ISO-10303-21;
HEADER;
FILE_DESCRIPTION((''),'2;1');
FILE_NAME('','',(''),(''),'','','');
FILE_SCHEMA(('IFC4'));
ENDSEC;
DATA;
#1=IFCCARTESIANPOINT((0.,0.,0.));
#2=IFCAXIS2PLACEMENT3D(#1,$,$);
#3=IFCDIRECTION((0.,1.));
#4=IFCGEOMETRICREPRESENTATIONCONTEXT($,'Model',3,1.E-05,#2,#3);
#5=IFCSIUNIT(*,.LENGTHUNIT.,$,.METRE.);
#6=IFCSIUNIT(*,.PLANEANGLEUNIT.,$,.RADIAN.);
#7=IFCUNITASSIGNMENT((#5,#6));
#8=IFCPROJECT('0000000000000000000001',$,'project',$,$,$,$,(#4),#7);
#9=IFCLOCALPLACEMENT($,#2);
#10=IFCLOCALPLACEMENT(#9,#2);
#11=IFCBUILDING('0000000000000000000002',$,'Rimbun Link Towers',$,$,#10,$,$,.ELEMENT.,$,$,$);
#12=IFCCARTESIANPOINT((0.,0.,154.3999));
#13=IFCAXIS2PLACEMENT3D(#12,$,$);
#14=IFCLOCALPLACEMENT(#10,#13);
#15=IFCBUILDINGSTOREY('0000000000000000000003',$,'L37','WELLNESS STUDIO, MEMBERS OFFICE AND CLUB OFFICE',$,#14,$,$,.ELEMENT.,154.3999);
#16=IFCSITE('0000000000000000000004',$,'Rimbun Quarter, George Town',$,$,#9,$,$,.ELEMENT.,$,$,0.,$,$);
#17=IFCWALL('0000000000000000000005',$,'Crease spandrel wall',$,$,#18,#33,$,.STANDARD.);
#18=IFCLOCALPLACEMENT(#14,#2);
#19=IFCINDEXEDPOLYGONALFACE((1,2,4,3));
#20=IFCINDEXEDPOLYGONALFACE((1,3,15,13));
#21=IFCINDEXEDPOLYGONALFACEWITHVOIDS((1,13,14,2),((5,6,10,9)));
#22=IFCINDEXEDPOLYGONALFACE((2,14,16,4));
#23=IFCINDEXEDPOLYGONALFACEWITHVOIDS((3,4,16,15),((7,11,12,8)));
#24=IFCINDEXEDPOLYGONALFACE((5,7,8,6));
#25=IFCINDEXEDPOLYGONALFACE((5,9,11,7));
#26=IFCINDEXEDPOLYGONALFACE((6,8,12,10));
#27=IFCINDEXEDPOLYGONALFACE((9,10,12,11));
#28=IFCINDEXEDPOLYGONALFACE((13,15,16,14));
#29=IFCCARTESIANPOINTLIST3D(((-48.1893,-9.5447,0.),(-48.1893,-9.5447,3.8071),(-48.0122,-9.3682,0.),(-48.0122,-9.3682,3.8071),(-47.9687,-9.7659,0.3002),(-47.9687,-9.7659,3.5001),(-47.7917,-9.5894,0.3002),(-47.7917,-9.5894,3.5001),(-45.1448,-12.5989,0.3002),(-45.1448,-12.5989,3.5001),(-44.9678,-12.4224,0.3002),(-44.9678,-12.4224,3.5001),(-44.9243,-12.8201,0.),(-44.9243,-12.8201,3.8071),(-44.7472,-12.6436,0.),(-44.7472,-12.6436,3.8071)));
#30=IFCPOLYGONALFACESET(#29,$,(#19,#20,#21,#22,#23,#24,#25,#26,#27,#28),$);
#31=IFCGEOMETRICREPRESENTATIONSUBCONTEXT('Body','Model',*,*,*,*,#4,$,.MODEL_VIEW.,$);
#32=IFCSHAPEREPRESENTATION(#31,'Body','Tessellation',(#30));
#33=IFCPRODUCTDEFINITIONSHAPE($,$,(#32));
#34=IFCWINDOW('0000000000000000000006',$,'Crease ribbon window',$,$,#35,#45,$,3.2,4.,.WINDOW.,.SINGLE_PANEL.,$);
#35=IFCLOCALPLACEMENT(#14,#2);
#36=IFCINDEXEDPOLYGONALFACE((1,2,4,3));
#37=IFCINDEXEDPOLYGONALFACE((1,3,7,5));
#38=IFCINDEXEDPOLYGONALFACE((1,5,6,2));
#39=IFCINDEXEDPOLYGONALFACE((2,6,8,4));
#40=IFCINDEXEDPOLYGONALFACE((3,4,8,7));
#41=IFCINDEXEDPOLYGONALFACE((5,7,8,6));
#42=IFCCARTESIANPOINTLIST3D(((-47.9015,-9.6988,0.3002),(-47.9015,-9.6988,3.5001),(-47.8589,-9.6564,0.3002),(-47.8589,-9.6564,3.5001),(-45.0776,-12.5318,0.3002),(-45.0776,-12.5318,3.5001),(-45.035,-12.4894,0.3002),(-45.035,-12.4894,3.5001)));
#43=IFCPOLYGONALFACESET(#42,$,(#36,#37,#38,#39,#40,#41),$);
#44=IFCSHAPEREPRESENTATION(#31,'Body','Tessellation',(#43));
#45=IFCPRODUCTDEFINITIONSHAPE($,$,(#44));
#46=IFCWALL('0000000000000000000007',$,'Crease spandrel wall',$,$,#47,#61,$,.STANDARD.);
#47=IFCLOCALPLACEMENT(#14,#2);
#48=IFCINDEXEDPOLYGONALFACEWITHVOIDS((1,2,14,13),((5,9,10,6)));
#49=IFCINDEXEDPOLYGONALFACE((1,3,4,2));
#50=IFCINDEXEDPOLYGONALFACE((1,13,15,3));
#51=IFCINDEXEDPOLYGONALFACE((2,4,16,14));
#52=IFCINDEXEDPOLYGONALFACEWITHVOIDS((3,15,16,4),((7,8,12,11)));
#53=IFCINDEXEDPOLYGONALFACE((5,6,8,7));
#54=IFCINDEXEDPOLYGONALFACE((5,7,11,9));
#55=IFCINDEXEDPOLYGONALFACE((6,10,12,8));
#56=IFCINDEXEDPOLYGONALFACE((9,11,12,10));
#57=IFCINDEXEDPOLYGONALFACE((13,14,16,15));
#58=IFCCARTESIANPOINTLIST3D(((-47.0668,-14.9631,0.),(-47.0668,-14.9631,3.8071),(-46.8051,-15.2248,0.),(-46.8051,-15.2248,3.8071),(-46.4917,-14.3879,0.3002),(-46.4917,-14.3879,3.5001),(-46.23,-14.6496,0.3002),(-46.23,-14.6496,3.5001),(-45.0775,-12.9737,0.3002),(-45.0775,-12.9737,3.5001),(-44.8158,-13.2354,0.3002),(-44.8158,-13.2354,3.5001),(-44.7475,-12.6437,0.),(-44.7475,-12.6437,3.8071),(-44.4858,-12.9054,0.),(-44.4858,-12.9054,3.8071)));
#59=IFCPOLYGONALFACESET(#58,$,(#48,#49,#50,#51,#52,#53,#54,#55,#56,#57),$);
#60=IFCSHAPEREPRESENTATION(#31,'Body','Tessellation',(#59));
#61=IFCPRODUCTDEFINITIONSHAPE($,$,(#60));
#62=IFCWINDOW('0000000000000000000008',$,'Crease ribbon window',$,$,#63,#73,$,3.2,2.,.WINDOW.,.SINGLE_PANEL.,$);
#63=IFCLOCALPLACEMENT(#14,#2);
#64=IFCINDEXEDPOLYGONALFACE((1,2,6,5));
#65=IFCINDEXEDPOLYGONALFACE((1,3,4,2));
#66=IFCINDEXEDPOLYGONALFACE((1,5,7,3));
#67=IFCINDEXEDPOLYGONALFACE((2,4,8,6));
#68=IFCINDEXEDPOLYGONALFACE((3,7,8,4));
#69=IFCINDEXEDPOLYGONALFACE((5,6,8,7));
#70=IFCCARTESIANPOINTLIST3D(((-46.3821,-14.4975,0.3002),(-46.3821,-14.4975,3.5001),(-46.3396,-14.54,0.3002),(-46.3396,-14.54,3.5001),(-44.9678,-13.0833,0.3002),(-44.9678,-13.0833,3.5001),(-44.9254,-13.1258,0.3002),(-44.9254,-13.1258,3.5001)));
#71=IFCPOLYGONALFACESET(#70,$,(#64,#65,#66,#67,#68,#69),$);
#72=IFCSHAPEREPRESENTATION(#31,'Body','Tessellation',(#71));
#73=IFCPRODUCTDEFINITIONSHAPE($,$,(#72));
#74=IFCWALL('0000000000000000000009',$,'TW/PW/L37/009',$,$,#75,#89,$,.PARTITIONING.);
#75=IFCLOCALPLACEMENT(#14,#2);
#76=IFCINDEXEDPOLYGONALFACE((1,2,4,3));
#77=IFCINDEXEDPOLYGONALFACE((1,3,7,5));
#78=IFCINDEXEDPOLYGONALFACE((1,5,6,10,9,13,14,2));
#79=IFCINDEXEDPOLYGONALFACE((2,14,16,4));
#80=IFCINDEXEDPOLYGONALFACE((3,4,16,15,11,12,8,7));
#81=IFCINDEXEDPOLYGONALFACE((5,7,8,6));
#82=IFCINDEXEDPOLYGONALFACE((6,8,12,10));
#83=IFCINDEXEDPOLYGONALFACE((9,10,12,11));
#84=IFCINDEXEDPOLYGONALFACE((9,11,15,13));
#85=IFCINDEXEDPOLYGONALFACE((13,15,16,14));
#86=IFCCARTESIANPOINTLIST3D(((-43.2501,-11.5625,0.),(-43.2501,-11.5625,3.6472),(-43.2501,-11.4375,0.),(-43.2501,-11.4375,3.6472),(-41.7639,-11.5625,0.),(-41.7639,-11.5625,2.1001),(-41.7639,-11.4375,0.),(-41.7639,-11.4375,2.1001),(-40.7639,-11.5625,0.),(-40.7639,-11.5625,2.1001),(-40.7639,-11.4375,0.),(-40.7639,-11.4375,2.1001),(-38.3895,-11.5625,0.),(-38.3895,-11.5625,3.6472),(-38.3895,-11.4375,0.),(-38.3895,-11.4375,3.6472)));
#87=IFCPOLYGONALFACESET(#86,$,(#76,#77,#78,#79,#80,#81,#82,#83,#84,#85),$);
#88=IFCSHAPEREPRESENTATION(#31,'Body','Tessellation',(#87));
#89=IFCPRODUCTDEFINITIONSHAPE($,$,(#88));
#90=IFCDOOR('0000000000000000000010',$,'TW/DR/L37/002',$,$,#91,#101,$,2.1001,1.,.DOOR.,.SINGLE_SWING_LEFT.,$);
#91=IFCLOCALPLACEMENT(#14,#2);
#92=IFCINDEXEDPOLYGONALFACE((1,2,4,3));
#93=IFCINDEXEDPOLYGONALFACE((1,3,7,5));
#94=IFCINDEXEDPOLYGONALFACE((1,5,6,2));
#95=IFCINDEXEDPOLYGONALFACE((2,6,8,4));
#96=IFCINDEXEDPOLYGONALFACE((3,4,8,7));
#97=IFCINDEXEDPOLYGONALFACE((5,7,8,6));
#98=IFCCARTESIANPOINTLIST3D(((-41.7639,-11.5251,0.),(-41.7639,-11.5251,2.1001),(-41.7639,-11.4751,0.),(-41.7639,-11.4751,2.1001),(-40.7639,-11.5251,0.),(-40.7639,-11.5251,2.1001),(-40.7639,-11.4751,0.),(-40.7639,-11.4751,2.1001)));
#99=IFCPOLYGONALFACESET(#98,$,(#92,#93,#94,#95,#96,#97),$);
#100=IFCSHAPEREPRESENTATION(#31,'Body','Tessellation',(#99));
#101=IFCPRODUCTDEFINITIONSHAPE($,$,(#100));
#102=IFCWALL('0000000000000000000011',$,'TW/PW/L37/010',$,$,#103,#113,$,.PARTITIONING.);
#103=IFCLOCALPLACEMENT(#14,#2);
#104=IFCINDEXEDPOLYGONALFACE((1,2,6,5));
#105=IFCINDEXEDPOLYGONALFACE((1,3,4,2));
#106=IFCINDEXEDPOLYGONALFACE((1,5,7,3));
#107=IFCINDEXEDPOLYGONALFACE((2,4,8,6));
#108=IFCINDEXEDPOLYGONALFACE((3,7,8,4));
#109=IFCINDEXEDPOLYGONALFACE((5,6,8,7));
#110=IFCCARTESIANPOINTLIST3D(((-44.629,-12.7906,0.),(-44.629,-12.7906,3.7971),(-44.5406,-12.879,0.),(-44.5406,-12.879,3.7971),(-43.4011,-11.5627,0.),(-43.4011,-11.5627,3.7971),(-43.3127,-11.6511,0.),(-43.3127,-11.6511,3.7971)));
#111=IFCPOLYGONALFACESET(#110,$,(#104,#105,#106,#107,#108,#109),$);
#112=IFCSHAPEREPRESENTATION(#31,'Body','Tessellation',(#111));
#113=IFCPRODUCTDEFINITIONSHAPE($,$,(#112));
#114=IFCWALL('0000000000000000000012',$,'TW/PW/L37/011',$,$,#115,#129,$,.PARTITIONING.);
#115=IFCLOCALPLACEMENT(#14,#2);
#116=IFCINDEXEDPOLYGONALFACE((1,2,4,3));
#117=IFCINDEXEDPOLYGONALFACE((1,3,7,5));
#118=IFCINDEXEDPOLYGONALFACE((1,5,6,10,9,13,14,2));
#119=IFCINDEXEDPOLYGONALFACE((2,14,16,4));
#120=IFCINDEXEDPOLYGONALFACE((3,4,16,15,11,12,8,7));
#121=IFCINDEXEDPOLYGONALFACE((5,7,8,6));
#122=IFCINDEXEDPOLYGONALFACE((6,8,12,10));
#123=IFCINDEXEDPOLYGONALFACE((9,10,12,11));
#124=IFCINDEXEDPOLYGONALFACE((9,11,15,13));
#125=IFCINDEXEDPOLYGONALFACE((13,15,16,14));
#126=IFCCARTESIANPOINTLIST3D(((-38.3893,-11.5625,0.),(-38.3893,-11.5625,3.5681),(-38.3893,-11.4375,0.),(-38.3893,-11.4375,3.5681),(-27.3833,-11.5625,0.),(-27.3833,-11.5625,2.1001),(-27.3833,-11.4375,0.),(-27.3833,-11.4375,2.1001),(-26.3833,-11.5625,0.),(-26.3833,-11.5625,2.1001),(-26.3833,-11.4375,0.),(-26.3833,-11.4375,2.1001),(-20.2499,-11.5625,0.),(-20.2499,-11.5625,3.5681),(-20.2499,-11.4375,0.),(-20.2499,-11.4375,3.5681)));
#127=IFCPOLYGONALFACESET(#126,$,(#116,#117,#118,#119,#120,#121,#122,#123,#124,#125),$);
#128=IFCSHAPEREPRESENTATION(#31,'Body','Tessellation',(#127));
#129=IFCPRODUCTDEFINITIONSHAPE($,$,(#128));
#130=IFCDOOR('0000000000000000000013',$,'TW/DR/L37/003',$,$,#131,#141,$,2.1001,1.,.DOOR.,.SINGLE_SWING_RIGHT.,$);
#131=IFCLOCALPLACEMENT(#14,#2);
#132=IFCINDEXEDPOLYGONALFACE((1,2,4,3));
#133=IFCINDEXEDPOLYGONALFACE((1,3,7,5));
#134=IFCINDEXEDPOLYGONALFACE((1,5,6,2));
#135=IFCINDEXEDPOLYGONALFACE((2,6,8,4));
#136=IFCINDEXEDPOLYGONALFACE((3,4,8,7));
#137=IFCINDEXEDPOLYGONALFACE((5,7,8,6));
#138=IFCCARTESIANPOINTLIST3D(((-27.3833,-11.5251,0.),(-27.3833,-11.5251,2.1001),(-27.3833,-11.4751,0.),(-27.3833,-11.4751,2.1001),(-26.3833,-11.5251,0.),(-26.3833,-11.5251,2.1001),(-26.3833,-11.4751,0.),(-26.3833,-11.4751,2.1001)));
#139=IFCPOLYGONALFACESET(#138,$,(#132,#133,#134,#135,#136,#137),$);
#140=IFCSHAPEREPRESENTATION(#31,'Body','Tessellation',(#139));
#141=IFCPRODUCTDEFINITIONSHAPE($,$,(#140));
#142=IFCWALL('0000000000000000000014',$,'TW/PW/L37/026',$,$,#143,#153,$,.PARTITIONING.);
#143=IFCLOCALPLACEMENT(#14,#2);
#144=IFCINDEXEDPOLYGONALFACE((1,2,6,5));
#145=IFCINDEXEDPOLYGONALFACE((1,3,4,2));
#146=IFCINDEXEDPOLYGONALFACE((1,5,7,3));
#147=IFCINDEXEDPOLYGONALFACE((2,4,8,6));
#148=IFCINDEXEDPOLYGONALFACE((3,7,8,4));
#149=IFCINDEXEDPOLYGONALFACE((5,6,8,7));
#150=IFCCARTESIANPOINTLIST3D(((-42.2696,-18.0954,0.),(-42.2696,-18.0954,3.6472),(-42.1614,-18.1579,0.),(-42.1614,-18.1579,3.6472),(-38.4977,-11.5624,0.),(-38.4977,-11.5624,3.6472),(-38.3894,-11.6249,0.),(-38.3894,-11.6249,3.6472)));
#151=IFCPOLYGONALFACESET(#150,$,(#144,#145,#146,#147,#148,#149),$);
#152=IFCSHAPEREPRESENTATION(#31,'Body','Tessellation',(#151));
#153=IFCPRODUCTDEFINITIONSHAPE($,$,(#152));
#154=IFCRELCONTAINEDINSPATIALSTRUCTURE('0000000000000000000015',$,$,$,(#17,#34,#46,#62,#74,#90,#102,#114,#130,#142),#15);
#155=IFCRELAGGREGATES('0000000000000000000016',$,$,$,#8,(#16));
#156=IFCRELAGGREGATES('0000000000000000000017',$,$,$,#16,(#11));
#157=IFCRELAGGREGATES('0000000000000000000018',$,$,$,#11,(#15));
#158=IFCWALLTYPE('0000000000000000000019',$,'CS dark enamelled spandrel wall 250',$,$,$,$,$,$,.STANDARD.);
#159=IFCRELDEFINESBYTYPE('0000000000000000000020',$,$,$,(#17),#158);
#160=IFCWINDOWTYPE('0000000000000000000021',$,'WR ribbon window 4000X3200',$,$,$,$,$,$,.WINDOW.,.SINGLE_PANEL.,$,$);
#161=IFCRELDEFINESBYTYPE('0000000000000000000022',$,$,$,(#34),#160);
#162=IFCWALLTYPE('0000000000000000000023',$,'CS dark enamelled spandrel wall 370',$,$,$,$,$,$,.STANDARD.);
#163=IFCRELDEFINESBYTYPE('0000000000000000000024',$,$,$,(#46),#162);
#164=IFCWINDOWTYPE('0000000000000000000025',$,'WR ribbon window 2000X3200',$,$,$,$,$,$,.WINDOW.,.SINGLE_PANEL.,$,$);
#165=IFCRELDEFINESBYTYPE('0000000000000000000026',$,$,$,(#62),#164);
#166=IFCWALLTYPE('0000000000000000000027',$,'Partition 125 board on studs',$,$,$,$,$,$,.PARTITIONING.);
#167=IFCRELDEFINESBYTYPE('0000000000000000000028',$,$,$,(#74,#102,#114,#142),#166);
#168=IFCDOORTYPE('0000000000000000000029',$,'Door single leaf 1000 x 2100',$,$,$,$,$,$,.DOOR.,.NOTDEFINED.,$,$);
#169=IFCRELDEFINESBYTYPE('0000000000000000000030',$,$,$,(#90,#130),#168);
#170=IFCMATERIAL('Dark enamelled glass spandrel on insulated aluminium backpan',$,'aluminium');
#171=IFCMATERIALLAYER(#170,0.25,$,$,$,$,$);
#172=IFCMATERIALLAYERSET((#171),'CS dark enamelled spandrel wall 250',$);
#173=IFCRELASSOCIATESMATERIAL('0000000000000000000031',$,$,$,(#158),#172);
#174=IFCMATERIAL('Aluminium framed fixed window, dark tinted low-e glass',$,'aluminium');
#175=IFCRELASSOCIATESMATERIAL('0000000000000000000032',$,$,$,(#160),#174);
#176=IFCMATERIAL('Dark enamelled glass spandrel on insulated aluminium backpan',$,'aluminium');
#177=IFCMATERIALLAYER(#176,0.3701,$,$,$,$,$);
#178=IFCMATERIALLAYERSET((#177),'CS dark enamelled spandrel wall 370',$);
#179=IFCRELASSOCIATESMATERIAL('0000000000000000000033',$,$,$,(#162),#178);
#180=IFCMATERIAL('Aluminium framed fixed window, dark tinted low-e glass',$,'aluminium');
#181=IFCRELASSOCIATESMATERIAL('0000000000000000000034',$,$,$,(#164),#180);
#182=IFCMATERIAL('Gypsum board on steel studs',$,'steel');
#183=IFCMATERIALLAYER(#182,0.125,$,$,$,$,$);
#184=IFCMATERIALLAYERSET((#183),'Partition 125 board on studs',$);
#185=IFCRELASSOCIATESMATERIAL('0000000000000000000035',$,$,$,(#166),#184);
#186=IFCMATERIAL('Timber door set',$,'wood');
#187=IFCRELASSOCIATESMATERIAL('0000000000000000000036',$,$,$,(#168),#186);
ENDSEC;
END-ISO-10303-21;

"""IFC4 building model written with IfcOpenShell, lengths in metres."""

from ifc_helpers import new_model, si_unit, direction, frame, frame_2d, origin, place, context, subcontext, project, spatial, rectangle, extrude, material, layer, layer_set, type_object, element, fill, save


model = new_model("IFC4")

# Units and contexts
model_context = context("Model", 3, precision=1e-05, world=origin(), true_north=direction((0.0, 1.0)))
body_context = subcontext(model_context, "Body", "Model", "MODEL_VIEW")
ifc_project = project(units=[si_unit("LENGTHUNIT", "METRE"), si_unit("PLANEANGLEUNIT", "RADIAN")], contexts=[model_context])

# Site, building, storey
site_placement = place(None, origin())
site = spatial("IfcSite", under=ifc_project, at=site_placement, Name="Rimbun Quarter, George Town", CompositionType="ELEMENT", RefElevation=0.0)
building_placement = place(site_placement, origin())
building = spatial("IfcBuilding", under=site, at=building_placement, Name="Rimbun Link Towers", CompositionType="ELEMENT")
storey_placement = place(building_placement, frame((0.0, 0.0, 154.3999)))
storey = spatial("IfcBuildingStorey", under=building, at=storey_placement, Name="L37", Description="WELLNESS STUDIO, MEMBERS OFFICE AND CLUB OFFICE", CompositionType="ELEMENT", Elevation=154.3999)

# Walls, openings, windows
ifc_material_1 = material(Name="Dark enamelled glass spandrel on insulated aluminium backpan", Category="aluminium")
ifc_layer_1 = layer(ifc_material_1, 0.25)
ifc_layer_set_1 = layer_set([ifc_layer_1], Name="CS dark enamelled spandrel wall 250")
wall_type_1 = type_object("IfcWallType", Name="CS dark enamelled spandrel wall 250", PredefinedType="STANDARD", material=ifc_layer_set_1)
wall_1_placement = place(storey_placement, frame((-44.8357, -12.7319, 0.0), z_axis=(0.0, 0.0, 1.0), x_axis=(-0.705971, 0.708241, 0.0)))
wall_1 = element("IfcWall", 1, at=wall_1_placement, inside=storey, type_object=wall_type_1, Name="Crease spandrel wall", PredefinedType="STANDARD", context=body_context, shape_type="SweptSolid", body=[
    extrude(rectangle(XDim=4.6248, YDim=0.25, at=frame_2d((2.3125, 0.0))), origin(), (0.0, 0.0, 1.0), 3.8071),
])
opening_1_placement = place(wall_1_placement, frame((0.3125, 0.0, 0.3)))
opening_1 = element("IfcOpeningElement", 2, at=opening_1_placement, cuts=wall_1, PredefinedType="OPENING", context=body_context, shape_type="SweptSolid", body=[
    extrude(rectangle(XDim=4.0, YDim=3.2, at=frame_2d((2.0, 1.6001))), frame((0.0, 0.135, 0.0), z_axis=(0.0, -1.0, 0.0), x_axis=(1.0, 0.0, 0.0)), (0.0, 0.0, 1.0), 0.27),
])
ifc_material_2 = material(Name="Aluminium framed fixed window, dark tinted low-e glass", Category="aluminium")
window_type_1 = type_object("IfcWindowType", Name="WR ribbon window 4000X3200", PartitioningType="SINGLE_PANEL", PredefinedType="WINDOW", material=ifc_material_2)
window_1_placement = place(opening_1_placement, origin())
window_1 = element("IfcWindow", 3, at=window_1_placement, inside=storey, type_object=window_type_1, Name="Crease ribbon window", OverallHeight=3.2, OverallWidth=4.0, PartitioningType="SINGLE_PANEL", PredefinedType="WINDOW", context=body_context, shape_type="SweptSolid", body=[
    extrude(rectangle(XDim=4.0, YDim=3.2, at=frame_2d((2.0, 1.6001))), frame((0.0, 0.03, 0.0), z_axis=(0.0, -1.0, 0.0), x_axis=(1.0, 0.0, 0.0)), (0.0, 0.0, 1.0), 0.0601),
])
fill(opening_1, window_1)
ifc_material_3 = material(Name="Dark enamelled glass spandrel on insulated aluminium backpan", Category="aluminium")
ifc_layer_2 = layer(ifc_material_3, 0.3701)
ifc_layer_set_2 = layer_set([ifc_layer_2], Name="CS dark enamelled spandrel wall 370")
wall_type_2 = type_object("IfcWallType", Name="CS dark enamelled spandrel wall 370", PredefinedType="STANDARD", material=ifc_layer_set_2)
wall_2_placement = place(storey_placement, frame((-46.936, -15.094, 0.0), z_axis=(0.0, 0.0, 1.0), x_axis=(0.707107, 0.707107, 0.0)))
wall_2 = element("IfcWall", 4, at=wall_2_placement, inside=storey, type_object=wall_type_2, Name="Crease spandrel wall", PredefinedType="STANDARD", context=body_context, shape_type="SweptSolid", body=[
    extrude(rectangle(XDim=3.28, YDim=0.3701, at=frame_2d((1.6401, 0.0))), origin(), (0.0, 0.0, 1.0), 3.8071),
])
opening_2_placement = place(wall_2_placement, frame((0.8135, 0.0, 0.3)))
opening_2 = element("IfcOpeningElement", 5, at=opening_2_placement, cuts=wall_2, PredefinedType="OPENING", context=body_context, shape_type="SweptSolid", body=[
    extrude(rectangle(XDim=2.0, YDim=3.2, at=frame_2d((1.0, 1.6001))), frame((0.0, 0.1951, 0.0), z_axis=(0.0, -1.0, 0.0), x_axis=(1.0, 0.0, 0.0)), (0.0, 0.0, 1.0), 0.3901),
])
ifc_material_4 = material(Name="Aluminium framed fixed window, dark tinted low-e glass", Category="aluminium")
window_type_2 = type_object("IfcWindowType", Name="WR ribbon window 2000X3200", PartitioningType="SINGLE_PANEL", PredefinedType="WINDOW", material=ifc_material_4)
window_2_placement = place(opening_2_placement, origin())
window_2 = element("IfcWindow", 6, at=window_2_placement, inside=storey, type_object=window_type_2, Name="Crease ribbon window", OverallHeight=3.2, OverallWidth=2.0, PartitioningType="SINGLE_PANEL", PredefinedType="WINDOW", context=body_context, shape_type="SweptSolid", body=[
    extrude(rectangle(XDim=2.0, YDim=3.2, at=frame_2d((1.0, 1.6001))), frame((0.0, 0.03, 0.0), z_axis=(0.0, -1.0, 0.0), x_axis=(1.0, 0.0, 0.0)), (0.0, 0.0, 1.0), 0.0601),
])
fill(opening_2, window_2)

# Wall, opening, door
ifc_material_5 = material(Name="Gypsum board on steel studs", Category="steel")
ifc_layer_3 = layer(ifc_material_5, 0.125)
ifc_layer_set_3 = layer_set([ifc_layer_3], Name="Partition 125 board on studs")
wall_type_3 = type_object("IfcWallType", Name="Partition 125 board on studs", PredefinedType="PARTITIONING", material=ifc_layer_set_3)
wall_3_placement = place(storey_placement, frame((-43.25, -11.5, 0.0), z_axis=(0.0, 0.0, 1.0), x_axis=(1.0, 0.0, 0.0)))
wall_3 = element("IfcWall", 7, at=wall_3_placement, inside=storey, type_object=wall_type_3, Name="TW/PW/L37/009", PredefinedType="PARTITIONING", context=body_context, shape_type="SweptSolid", body=[
    extrude(rectangle(XDim=4.8606, YDim=0.125, at=frame_2d((2.4302, 0.0))), origin(), (0.0, 0.0, 1.0), 3.6472),
])
opening_3_placement = place(wall_3_placement, frame((1.4861, 0.0, 0.0)))
opening_3 = element("IfcOpeningElement", 8, at=opening_3_placement, cuts=wall_3, PredefinedType="OPENING", context=body_context, shape_type="SweptSolid", body=[
    extrude(rectangle(XDim=1.0, YDim=2.1001, at=frame_2d((0.5, 1.05))), frame((0.0, 0.0725, 0.0), z_axis=(0.0, -1.0, 0.0), x_axis=(1.0, 0.0, 0.0)), (0.0, 0.0, 1.0), 0.145),
])
ifc_material_6 = material(Name="Timber door set", Category="wood")
door_type = type_object("IfcDoorType", Name="Door single leaf 1000 x 2100", OperationType="NOTDEFINED", PredefinedType="DOOR", material=ifc_material_6)
door_1_placement = place(opening_3_placement, origin())
door_1 = element("IfcDoor", 9, at=door_1_placement, inside=storey, type_object=door_type, Name="TW/DR/L37/002", OperationType="SINGLE_SWING_LEFT", OverallHeight=2.1001, OverallWidth=1.0, PredefinedType="DOOR", context=body_context, shape_type="SweptSolid", body=[
    extrude(rectangle(XDim=1.0, YDim=2.1001, at=frame_2d((0.5, 1.05))), frame((0.0, 0.0249, 0.0), z_axis=(0.0, -1.0, 0.0), x_axis=(1.0, 0.0, 0.0)), (0.0, 0.0, 1.0), 0.05),
])
fill(opening_3, door_1)

# Wall
wall_4_placement = place(storey_placement, frame((-44.5847, -12.8347, 0.0), z_axis=(0.0, 0.0, 1.0), x_axis=(0.707107, 0.707107, 0.0)))
element("IfcWall", 10, at=wall_4_placement, inside=storey, type_object=wall_type_3, Name="TW/PW/L37/010", PredefinedType="PARTITIONING", context=body_context, shape_type="SweptSolid", body=[
    extrude(rectangle(XDim=1.7366, YDim=0.125, at=frame_2d((0.8682, 0.0))), origin(), (0.0, 0.0, 1.0), 3.7971),
])

# Wall, opening, door
wall_5_placement = place(storey_placement, frame((-38.3894, -11.5, 0.0), z_axis=(0.0, 0.0, 1.0), x_axis=(1.0, 0.0, 0.0)))
wall_5 = element("IfcWall", 11, at=wall_5_placement, inside=storey, type_object=wall_type_3, Name="TW/PW/L37/011", PredefinedType="PARTITIONING", context=body_context, shape_type="SweptSolid", body=[
    extrude(rectangle(XDim=18.1394, YDim=0.125, at=frame_2d((9.0698, 0.0))), origin(), (0.0, 0.0, 1.0), 3.5681),
])
opening_4_placement = place(wall_5_placement, frame((11.0061, 0.0, 0.0)))
opening_4 = element("IfcOpeningElement", 12, at=opening_4_placement, cuts=wall_5, PredefinedType="OPENING", context=body_context, shape_type="SweptSolid", body=[
    extrude(rectangle(XDim=1.0, YDim=2.1001, at=frame_2d((0.5, 1.05))), frame((0.0, 0.0725, 0.0), z_axis=(0.0, -1.0, 0.0), x_axis=(1.0, 0.0, 0.0)), (0.0, 0.0, 1.0), 0.145),
])
door_2_placement = place(opening_4_placement, origin())
door_2 = element("IfcDoor", 13, at=door_2_placement, inside=storey, type_object=door_type, Name="TW/DR/L37/003", OperationType="SINGLE_SWING_RIGHT", OverallHeight=2.1001, OverallWidth=1.0, PredefinedType="DOOR", context=body_context, shape_type="SweptSolid", body=[
    extrude(rectangle(XDim=1.0, YDim=2.1001, at=frame_2d((0.5, 1.05))), frame((0.0, 0.0249, 0.0), z_axis=(0.0, -1.0, 0.0), x_axis=(1.0, 0.0, 0.0)), (0.0, 0.0, 1.0), 0.05),
])
fill(opening_4, door_2)

# Wall
wall_6_placement = place(storey_placement, frame((-42.2156, -18.1267, 0.0), z_axis=(0.0, 0.0, 1.0), x_axis=(0.500017, 0.866016, 0.0)))
element("IfcWall", 14, at=wall_6_placement, inside=storey, type_object=wall_type_3, Name="TW/PW/L37/026", PredefinedType="PARTITIONING", context=body_context, shape_type="SweptSolid", body=[
    extrude(rectangle(XDim=7.5437, YDim=0.125, at=frame_2d((3.772, 0.0))), origin(), (0.0, 0.0, 1.0), 3.6472),
])

save(model, "model.ifc")
